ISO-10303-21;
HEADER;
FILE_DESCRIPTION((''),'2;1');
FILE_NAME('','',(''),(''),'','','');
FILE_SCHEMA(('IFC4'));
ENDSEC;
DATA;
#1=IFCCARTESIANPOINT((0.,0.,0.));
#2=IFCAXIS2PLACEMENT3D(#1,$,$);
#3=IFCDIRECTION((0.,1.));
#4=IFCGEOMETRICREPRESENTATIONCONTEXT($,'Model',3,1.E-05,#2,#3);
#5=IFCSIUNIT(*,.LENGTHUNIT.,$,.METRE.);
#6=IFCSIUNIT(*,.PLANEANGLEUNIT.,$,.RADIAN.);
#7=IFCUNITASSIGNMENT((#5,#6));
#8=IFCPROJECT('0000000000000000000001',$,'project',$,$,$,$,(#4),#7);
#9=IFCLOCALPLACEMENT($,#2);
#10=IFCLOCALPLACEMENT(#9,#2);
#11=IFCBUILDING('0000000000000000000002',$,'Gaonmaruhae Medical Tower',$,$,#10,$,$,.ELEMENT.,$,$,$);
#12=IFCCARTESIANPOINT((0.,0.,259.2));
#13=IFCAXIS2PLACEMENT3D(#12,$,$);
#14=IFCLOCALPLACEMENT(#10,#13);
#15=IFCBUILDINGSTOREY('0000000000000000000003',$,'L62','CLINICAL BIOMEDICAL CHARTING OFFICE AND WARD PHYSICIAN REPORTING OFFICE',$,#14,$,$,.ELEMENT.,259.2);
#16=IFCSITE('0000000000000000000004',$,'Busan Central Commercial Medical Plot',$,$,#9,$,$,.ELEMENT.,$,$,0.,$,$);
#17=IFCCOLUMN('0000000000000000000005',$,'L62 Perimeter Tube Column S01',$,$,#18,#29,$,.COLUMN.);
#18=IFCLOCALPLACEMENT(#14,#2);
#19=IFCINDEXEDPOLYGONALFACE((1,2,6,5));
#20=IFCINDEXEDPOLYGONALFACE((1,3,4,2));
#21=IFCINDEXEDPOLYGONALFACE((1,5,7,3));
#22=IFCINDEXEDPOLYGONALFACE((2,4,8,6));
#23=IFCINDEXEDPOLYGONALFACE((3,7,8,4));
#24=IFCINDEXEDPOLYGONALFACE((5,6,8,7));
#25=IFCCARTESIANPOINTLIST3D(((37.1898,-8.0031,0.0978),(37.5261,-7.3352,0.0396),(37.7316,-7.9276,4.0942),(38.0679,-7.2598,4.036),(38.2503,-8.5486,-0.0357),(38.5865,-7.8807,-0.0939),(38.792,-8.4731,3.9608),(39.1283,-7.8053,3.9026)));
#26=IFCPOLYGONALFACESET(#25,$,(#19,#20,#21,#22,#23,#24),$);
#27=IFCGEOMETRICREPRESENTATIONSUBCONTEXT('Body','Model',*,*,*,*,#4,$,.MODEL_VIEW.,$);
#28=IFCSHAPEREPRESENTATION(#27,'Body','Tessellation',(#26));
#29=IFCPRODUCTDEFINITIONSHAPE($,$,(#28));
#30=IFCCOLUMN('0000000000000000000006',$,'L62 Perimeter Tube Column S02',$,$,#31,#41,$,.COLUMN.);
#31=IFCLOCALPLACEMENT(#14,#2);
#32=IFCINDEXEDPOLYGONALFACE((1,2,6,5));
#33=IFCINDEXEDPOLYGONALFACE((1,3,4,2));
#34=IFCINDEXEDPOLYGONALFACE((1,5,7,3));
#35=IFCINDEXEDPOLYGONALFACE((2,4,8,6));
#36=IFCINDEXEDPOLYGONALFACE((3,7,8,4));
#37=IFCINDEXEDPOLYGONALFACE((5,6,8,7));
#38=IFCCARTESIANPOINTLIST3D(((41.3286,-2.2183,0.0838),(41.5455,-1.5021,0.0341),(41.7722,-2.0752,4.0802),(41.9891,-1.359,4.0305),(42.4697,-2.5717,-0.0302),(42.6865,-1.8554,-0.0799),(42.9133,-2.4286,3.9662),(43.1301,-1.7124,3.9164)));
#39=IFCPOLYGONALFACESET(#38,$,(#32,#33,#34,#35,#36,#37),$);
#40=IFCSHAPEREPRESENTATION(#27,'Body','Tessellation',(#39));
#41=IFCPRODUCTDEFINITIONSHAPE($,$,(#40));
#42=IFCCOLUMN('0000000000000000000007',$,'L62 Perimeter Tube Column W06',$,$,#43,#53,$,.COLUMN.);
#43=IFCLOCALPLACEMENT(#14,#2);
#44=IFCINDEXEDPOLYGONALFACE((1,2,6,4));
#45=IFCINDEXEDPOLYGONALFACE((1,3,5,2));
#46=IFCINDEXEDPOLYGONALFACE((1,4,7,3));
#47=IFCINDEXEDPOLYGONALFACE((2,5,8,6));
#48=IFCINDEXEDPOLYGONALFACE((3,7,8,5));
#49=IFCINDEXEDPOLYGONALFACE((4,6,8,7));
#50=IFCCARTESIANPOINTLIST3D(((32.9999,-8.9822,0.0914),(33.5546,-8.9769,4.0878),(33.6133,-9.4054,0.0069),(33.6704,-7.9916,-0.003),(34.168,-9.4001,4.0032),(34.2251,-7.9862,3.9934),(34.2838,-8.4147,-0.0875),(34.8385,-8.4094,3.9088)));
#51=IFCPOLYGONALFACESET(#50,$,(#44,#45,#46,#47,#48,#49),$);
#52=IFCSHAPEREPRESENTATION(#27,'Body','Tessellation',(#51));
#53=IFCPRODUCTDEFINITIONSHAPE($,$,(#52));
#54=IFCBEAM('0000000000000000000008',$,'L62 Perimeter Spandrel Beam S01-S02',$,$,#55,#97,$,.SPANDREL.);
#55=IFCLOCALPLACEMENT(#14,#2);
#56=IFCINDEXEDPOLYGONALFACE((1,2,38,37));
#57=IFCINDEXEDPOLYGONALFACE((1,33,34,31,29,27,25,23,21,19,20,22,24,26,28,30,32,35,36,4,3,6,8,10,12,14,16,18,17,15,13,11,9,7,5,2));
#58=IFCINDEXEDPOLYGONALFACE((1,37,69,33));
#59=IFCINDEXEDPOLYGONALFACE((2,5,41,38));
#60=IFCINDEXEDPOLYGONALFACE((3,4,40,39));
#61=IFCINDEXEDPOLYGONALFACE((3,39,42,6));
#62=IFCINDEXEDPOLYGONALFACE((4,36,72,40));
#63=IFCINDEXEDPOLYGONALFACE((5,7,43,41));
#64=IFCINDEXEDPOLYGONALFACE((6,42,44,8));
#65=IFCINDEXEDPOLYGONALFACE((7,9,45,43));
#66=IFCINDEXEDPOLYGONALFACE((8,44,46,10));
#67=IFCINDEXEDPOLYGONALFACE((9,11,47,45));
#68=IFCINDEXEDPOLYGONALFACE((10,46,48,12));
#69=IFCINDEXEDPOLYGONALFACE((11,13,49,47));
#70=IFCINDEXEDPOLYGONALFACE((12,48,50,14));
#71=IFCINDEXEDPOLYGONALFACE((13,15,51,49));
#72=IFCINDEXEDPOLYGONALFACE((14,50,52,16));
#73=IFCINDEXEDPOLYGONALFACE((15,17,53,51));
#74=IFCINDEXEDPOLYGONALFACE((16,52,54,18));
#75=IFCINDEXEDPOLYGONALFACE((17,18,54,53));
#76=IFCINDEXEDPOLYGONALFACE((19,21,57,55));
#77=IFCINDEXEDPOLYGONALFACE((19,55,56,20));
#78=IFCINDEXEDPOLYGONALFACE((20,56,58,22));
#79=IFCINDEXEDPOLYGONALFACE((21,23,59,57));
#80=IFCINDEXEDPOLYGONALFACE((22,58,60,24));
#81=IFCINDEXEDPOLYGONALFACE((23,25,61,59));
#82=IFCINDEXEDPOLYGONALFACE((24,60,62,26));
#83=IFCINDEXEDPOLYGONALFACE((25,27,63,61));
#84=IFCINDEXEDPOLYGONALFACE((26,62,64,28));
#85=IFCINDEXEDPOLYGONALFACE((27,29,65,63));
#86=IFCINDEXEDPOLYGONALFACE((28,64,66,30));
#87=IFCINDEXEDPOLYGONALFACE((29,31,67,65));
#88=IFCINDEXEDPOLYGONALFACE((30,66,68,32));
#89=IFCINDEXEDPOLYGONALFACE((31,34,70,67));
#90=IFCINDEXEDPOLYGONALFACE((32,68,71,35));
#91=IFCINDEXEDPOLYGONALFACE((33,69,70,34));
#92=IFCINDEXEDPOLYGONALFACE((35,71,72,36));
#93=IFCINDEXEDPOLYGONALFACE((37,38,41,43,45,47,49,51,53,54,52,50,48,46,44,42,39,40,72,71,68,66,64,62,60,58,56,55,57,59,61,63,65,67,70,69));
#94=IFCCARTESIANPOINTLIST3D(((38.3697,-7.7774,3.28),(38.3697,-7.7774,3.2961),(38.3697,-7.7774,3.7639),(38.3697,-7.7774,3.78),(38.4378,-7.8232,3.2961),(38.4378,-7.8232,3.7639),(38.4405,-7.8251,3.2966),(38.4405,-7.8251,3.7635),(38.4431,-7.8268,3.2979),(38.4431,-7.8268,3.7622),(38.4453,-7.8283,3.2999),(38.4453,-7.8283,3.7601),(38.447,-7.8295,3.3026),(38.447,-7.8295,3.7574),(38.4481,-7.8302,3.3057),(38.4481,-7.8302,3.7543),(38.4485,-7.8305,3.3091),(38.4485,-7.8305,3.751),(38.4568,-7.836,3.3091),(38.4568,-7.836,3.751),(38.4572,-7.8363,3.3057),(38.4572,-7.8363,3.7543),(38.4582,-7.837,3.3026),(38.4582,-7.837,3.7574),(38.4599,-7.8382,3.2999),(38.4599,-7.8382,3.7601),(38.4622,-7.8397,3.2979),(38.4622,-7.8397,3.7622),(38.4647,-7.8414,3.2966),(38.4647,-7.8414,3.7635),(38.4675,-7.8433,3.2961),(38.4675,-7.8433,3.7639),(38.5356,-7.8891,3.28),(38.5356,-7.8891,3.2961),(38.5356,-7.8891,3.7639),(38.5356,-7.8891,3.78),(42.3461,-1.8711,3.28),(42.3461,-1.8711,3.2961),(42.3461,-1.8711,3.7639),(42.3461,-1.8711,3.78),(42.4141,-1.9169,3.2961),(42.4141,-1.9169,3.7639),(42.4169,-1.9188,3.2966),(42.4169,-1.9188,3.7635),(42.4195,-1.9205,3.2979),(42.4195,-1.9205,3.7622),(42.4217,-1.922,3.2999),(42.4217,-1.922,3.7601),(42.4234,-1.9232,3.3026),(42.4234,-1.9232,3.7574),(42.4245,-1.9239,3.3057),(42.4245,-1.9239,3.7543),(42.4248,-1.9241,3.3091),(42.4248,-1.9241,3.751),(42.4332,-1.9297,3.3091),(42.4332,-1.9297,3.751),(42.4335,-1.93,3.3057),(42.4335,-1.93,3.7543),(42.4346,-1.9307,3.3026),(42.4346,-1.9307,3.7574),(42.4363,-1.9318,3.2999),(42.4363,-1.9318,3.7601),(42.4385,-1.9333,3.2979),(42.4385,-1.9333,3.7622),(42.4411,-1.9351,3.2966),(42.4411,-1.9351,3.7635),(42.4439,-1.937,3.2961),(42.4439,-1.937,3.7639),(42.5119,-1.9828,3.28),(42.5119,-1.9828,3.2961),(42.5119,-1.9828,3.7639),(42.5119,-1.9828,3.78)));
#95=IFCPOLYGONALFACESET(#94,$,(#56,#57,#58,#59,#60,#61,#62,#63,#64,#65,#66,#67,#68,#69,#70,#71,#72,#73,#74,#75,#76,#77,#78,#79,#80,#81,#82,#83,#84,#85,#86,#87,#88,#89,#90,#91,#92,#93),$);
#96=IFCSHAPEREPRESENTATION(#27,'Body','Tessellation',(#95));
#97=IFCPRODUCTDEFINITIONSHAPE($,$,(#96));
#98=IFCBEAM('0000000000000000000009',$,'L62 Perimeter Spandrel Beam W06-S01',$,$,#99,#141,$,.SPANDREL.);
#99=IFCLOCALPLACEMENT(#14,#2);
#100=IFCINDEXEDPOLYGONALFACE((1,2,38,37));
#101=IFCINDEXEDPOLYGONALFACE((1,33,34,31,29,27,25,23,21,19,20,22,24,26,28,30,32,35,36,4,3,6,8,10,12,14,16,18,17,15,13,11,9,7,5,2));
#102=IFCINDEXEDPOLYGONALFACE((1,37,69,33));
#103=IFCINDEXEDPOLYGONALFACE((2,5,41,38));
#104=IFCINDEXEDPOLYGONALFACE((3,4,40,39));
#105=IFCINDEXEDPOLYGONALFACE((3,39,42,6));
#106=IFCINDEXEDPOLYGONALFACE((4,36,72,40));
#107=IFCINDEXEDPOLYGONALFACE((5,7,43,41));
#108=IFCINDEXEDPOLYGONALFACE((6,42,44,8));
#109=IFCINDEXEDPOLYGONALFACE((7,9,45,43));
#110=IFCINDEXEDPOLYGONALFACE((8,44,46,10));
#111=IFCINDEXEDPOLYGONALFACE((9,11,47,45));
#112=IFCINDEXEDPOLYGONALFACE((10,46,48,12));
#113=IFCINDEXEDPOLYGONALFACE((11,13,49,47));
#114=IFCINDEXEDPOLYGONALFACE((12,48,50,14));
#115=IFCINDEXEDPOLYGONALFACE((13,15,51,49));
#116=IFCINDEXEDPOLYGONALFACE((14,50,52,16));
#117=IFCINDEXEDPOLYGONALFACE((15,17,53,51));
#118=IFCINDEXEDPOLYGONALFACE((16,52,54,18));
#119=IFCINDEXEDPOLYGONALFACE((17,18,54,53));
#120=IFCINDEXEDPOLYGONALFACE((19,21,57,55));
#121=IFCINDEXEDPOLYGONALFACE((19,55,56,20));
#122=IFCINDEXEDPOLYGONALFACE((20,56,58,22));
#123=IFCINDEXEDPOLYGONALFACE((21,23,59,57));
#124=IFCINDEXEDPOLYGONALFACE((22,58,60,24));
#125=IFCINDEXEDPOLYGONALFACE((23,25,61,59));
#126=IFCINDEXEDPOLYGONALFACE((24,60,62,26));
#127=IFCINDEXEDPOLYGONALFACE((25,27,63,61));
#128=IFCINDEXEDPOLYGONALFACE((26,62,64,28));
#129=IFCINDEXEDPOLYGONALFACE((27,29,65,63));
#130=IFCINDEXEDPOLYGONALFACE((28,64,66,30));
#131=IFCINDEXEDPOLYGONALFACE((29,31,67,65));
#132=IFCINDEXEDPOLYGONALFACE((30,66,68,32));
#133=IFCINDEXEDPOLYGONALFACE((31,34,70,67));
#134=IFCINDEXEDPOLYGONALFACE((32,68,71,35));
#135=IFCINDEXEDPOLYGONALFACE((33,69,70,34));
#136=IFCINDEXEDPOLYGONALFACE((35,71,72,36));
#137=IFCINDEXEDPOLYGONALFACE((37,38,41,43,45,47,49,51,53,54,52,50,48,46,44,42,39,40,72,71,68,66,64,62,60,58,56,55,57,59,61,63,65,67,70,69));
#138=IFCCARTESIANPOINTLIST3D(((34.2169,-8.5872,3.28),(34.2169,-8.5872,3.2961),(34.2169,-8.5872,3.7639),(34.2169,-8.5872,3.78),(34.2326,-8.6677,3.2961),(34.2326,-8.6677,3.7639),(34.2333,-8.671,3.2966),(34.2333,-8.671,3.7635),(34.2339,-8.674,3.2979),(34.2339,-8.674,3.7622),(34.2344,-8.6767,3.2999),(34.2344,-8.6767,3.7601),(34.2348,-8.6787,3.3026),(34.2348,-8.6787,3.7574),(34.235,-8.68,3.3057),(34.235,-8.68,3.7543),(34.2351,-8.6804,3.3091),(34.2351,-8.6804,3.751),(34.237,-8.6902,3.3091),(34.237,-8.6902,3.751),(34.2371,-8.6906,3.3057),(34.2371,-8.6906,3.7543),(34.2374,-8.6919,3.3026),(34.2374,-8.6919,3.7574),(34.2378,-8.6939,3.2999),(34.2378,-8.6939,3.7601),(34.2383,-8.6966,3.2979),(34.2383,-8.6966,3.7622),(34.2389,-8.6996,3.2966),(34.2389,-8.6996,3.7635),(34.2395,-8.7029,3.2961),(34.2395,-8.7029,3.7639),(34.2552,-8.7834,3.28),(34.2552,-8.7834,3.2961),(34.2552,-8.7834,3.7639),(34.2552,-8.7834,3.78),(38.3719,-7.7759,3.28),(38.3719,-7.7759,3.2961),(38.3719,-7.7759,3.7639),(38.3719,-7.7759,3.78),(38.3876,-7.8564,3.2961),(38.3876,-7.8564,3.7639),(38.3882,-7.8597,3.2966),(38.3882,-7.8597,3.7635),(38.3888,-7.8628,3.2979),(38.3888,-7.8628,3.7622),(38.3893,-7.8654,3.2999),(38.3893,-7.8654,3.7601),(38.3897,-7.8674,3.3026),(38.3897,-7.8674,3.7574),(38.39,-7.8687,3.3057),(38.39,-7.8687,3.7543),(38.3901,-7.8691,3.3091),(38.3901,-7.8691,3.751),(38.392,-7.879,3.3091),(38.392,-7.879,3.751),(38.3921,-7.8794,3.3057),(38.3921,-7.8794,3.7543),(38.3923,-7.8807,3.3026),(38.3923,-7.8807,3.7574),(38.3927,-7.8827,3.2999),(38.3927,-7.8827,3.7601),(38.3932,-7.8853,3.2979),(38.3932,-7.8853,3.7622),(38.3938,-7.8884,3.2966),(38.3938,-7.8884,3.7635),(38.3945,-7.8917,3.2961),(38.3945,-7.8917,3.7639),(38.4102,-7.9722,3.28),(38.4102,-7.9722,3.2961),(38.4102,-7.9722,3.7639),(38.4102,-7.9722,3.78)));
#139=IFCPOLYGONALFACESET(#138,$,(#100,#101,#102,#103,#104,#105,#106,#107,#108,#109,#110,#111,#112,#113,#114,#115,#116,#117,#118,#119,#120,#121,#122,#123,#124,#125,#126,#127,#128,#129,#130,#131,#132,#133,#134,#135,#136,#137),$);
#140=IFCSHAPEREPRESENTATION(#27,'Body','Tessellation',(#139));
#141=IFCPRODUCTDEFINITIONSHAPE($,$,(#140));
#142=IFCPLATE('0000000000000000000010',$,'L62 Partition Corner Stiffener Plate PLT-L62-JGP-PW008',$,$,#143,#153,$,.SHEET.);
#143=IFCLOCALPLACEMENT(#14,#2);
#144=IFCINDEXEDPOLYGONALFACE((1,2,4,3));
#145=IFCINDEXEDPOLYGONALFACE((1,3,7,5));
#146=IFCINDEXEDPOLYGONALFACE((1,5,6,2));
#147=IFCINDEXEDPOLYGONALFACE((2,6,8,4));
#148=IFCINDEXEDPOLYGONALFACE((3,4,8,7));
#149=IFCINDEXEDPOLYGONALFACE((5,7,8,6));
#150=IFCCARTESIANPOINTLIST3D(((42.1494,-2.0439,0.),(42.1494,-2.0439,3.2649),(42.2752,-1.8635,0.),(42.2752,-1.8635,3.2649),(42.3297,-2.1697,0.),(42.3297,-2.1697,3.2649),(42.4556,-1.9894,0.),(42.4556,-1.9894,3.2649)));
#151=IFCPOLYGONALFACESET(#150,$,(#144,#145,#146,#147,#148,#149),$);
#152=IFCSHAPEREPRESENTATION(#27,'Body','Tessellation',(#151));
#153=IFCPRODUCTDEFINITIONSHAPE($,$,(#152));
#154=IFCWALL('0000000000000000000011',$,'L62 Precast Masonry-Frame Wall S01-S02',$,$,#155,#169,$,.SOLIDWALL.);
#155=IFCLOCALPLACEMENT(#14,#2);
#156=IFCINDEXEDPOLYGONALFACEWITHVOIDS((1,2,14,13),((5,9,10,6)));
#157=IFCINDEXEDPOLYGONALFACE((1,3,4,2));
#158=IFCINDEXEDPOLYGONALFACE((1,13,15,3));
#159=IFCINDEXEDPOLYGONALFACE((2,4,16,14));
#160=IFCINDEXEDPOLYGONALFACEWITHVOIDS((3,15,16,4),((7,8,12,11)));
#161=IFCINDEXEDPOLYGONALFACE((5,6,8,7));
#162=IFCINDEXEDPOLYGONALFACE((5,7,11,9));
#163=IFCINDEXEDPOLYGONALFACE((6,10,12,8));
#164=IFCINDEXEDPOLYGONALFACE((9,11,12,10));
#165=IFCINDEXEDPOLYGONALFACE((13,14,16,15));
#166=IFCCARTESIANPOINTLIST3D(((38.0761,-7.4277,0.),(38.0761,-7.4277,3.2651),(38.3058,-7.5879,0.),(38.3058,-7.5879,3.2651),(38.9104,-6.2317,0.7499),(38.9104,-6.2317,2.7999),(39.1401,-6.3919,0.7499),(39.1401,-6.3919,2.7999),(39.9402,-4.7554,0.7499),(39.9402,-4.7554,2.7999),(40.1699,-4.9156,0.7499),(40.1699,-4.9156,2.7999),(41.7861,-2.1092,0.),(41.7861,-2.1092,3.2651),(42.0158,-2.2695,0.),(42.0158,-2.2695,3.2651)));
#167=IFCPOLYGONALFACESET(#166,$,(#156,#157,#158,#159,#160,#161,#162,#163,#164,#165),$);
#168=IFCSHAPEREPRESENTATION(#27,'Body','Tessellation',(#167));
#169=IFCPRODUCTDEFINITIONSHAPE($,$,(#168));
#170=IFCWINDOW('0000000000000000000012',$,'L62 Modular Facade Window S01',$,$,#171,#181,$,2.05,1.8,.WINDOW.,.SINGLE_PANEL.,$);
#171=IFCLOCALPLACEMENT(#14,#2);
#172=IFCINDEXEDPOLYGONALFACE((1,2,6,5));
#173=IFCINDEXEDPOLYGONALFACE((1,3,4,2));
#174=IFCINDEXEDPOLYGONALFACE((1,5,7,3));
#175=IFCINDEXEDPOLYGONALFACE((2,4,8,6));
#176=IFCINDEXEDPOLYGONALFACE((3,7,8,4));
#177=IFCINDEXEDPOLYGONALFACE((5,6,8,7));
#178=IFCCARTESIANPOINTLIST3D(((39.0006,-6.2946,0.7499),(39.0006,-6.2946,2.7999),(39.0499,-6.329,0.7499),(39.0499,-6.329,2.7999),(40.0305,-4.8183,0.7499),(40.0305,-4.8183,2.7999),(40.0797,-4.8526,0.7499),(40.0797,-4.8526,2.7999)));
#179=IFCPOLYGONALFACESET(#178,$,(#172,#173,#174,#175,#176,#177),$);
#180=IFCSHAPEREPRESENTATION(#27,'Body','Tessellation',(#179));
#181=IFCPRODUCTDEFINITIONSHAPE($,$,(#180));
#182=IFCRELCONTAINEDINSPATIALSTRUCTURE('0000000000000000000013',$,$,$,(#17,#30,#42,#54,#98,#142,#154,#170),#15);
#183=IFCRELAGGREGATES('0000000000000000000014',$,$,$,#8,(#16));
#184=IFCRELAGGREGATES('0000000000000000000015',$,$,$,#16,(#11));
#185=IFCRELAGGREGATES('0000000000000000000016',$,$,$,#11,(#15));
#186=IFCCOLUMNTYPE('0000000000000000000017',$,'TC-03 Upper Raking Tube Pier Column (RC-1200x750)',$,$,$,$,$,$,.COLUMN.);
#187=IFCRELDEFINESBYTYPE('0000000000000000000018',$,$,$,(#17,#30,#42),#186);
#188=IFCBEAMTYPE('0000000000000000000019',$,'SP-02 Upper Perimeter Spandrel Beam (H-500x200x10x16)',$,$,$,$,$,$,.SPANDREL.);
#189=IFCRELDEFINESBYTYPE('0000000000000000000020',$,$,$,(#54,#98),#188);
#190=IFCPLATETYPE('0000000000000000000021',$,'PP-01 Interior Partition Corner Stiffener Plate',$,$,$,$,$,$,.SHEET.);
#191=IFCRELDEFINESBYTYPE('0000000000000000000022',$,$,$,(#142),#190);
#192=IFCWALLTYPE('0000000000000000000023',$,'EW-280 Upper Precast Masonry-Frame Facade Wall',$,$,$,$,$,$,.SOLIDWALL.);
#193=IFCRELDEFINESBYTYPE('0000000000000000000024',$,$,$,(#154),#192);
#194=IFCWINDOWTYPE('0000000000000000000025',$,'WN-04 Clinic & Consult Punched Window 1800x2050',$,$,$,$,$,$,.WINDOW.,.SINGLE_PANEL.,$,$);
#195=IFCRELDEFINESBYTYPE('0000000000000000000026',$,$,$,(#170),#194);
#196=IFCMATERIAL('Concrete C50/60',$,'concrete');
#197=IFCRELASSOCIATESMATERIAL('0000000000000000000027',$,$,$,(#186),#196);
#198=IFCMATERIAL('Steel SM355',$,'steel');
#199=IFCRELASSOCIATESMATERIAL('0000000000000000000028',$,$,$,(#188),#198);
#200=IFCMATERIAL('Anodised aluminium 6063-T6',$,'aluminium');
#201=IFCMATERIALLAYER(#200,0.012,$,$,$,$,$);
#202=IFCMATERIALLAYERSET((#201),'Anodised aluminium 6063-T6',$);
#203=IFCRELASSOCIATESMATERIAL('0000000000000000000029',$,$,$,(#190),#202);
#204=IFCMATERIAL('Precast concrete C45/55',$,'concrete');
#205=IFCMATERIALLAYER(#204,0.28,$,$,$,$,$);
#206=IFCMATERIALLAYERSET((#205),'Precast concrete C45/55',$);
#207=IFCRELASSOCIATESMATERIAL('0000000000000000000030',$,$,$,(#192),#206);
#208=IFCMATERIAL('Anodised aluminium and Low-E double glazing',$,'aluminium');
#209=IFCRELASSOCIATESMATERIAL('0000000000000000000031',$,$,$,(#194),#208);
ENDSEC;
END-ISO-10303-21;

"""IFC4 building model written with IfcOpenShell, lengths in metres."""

from ifc_helpers import new_model, si_unit, direction, frame, frame_2d, origin, origin_2d, place, context, subcontext, project, spatial, rectangle, i_section, extrude, material, layer, layer_set, material_profile, profile_set, type_object, element, fill, save


model = new_model("IFC4")

# Units and contexts
model_context = context("Model", 3, precision=1e-05, world=origin(), true_north=direction((0.0, 1.0)))
body_context = subcontext(model_context, "Body", "Model", "MODEL_VIEW")
ifc_project = project(units=[si_unit("LENGTHUNIT", "METRE"), si_unit("PLANEANGLEUNIT", "RADIAN")], contexts=[model_context])

# Site, building, storey
site_placement = place(None, origin())
site = spatial("IfcSite", under=ifc_project, at=site_placement, Name="Busan Central Commercial Medical Plot", CompositionType="ELEMENT", RefElevation=0.0)
building_placement = place(site_placement, origin())
building = spatial("IfcBuilding", under=site, at=building_placement, Name="Gaonmaruhae Medical Tower", CompositionType="ELEMENT")
storey_placement = place(building_placement, frame((0.0, 0.0, 259.2)))
storey = spatial("IfcBuildingStorey", under=building, at=storey_placement, Name="L62", Description="CLINICAL BIOMEDICAL CHARTING OFFICE AND WARD PHYSICIAN REPORTING OFFICE", CompositionType="ELEMENT", Elevation=259.2)

# Columns
ifc_material_1 = material(Name="Concrete C50/60", Category="concrete")
ifc_material_profile_1 = material_profile(ifc_material_1, rectangle(XDim=1.2, YDim=0.75, at=origin_2d()), Name="RC-1200x750")
ifc_profile_set_1 = profile_set([ifc_material_profile_1], Name="Concrete C50/60")
column_type = type_object("IfcColumnType", Name="TC-03 Upper Raking Tube Pier Column (RC-1200x750)", PredefinedType="COLUMN", material=ifc_profile_set_1)
column_1_placement = place(storey_placement, frame((37.8882, -7.9419, 0.002), z_axis=(0.134309, 0.018703, 0.990763), x_axis=(-0.883722, 0.454607, 0.111217)))
element("IfcColumn", 1, at=column_1_placement, inside=storey, type_object=column_type, Name="L62 Perimeter Tube Column S01", PredefinedType="COLUMN", context=body_context, shape_type="SweptSolid", body=[
    extrude(rectangle(XDim=1.2, YDim=0.75, at=origin_2d()), origin(), (0.0, 0.0, 1.0), 4.0337),
])
column_2_placement = place(storey_placement, frame((42.0076, -2.0369, 0.002), z_axis=(0.110255, 0.035558, 0.993267), x_axis=(-0.950922, 0.294484, 0.095012)))
element("IfcColumn", 2, at=column_2_placement, inside=storey, type_object=column_type, Name="L62 Perimeter Tube Column S02", PredefinedType="COLUMN", context=body_context, shape_type="SweptSolid", body=[
    extrude(rectangle(XDim=1.2, YDim=0.75, at=origin_2d()), origin(), (0.0, 0.0, 1.0), 4.0234),
])
column_3_placement = place(storey_placement, frame((33.6418, -8.6985, 0.002), z_axis=(0.137481, 0.001331, 0.990504), x_axis=(-0.558745, -0.825601, 0.078663)))
element("IfcColumn", 3, at=column_3_placement, inside=storey, type_object=column_type, Name="L62 Perimeter Tube Column W06", PredefinedType="COLUMN", context=body_context, shape_type="SweptSolid", body=[
    extrude(rectangle(XDim=1.2, YDim=0.75, at=origin_2d()), origin(), (0.0, 0.0, 1.0), 4.0347),
])

# Beams
ifc_material_2 = material(Name="Steel SM355", Category="steel")
ifc_material_profile_2 = material_profile(ifc_material_2, i_section(OverallWidth=0.2, OverallDepth=0.5, WebThickness=0.01, FlangeThickness=0.0161, FilletRadius=0.0129, at=origin_2d()), Name="H-500x200x10x16")
ifc_profile_set_2 = profile_set([ifc_material_profile_2], Name="Steel SM355")
beam_type = type_object("IfcBeamType", Name="SP-02 Upper Perimeter Spandrel Beam (H-500x200x10x16)", PredefinedType="SPANDREL", material=ifc_profile_set_2)
beam_1_placement = place(storey_placement, frame((38.4526, -7.8333, 3.53), z_axis=(0.558469, 0.829525, 0.0), x_axis=(-0.829525, 0.558469, 0.0)))
element("IfcBeam", 4, at=beam_1_placement, inside=storey, type_object=beam_type, Name="L62 Perimeter Spandrel Beam S01-S02", PredefinedType="SPANDREL", context=body_context, shape_type="SweptSolid", body=[
    extrude(i_section(OverallWidth=0.2, OverallDepth=0.5, WebThickness=0.01, FlangeThickness=0.0161, FilletRadius=0.0129, at=origin_2d()), origin(), (0.0, 0.0, 1.0), 7.1201),
])
beam_2_placement = place(storey_placement, frame((34.2361, -8.6853, 3.53), z_axis=(0.981467, 0.191634, 0.0), x_axis=(-0.191634, 0.981467, 0.0)))
element("IfcBeam", 5, at=beam_2_placement, inside=storey, type_object=beam_type, Name="L62 Perimeter Spandrel Beam W06-S01", PredefinedType="SPANDREL", context=body_context, shape_type="SweptSolid", body=[
    extrude(i_section(OverallWidth=0.2, OverallDepth=0.5, WebThickness=0.01, FlangeThickness=0.0161, FilletRadius=0.0129, at=origin_2d()), origin(), (0.0, 0.0, 1.0), 4.2334),
])

# Plate
ifc_material_3 = material(Name="Anodised aluminium 6063-T6", Category="aluminium")
ifc_layer_1 = layer(ifc_material_3, 0.012)
ifc_layer_set_1 = layer_set([ifc_layer_1], Name="Anodised aluminium 6063-T6")
plate_type = type_object("IfcPlateType", Name="PP-01 Interior Partition Corner Stiffener Plate", PredefinedType="SHEET", material=ifc_layer_set_1)
plate_placement = place(storey_placement, frame((42.3025, -2.0166, 0.0), z_axis=(0.0, 0.0, 1.0), x_axis=(-0.572289, -0.820052, 0.0)))
element("IfcPlate", 6, at=plate_placement, inside=storey, type_object=plate_type, Name="L62 Partition Corner Stiffener Plate PLT-L62-JGP-PW008", PredefinedType="SHEET", context=body_context, shape_type="SweptSolid", body=[
    extrude(rectangle(XDim=0.22, YDim=0.22, at=origin_2d()), origin(), (0.0, 0.0, 1.0), 3.2649),
])

# Wall, opening, window
ifc_material_4 = material(Name="Precast concrete C45/55", Category="concrete")
ifc_layer_2 = layer(ifc_material_4, 0.28)
ifc_layer_set_2 = layer_set([ifc_layer_2], Name="Precast concrete C45/55")
wall_type_1 = type_object("IfcWallType", Name="EW-280 Upper Precast Masonry-Frame Facade Wall", PredefinedType="SOLIDWALL", material=ifc_layer_set_2)
wall_1_placement = place(storey_placement, frame((41.9009, -2.1895, 0.0), z_axis=(0.0, 0.0, 1.0), x_axis=(-0.572127, -0.820165, 0.0)))
wall_1 = element("IfcWall", 7, at=wall_1_placement, inside=storey, type_object=wall_type_1, Name="L62 Precast Masonry-Frame Wall S01-S02", PredefinedType="SOLIDWALL", context=body_context, shape_type="SweptSolid", body=[
    extrude(rectangle(XDim=6.4846, YDim=0.28, at=frame_2d((3.2422, 0.0))), origin(), (0.0, 0.0, 1.0), 3.2651),
])
opening_1_placement = place(wall_1_placement, frame((3.2263, 0.0, 0.75)))
opening_1 = element("IfcOpeningElement", 8, at=opening_1_placement, cuts=wall_1, PredefinedType="OPENING", context=body_context, shape_type="SweptSolid", body=[
    extrude(rectangle(XDim=1.8, YDim=2.05, at=frame_2d((0.8999, 1.0249))), frame((0.0, 0.1499, 0.0), z_axis=(0.0, -1.0, 0.0), x_axis=(1.0, 0.0, 0.0)), (0.0, 0.0, 1.0), 0.3),
])
ifc_material_5 = material(Name="Anodised aluminium and Low-E double glazing", Category="aluminium")
window_type_1 = type_object("IfcWindowType", Name="WN-04 Clinic & Consult Punched Window 1800x2050", PartitioningType="SINGLE_PANEL", PredefinedType="WINDOW", material=ifc_material_5)
window_1_placement = place(opening_1_placement, origin())
window_1 = element("IfcWindow", 9, at=window_1_placement, inside=storey, type_object=window_type_1, Name="L62 Modular Facade Window S01", OverallHeight=2.05, OverallWidth=1.8, PartitioningType="SINGLE_PANEL", PredefinedType="WINDOW", context=body_context, shape_type="SweptSolid", body=[
    extrude(rectangle(XDim=1.8, YDim=2.05, at=frame_2d((0.8999, 1.0249))), frame((0.0, 0.03, 0.0), z_axis=(0.0, -1.0, 0.0), x_axis=(1.0, 0.0, 0.0)), (0.0, 0.0, 1.0), 0.0601),
])
fill(opening_1, window_1)

save(model, "model.ifc")
